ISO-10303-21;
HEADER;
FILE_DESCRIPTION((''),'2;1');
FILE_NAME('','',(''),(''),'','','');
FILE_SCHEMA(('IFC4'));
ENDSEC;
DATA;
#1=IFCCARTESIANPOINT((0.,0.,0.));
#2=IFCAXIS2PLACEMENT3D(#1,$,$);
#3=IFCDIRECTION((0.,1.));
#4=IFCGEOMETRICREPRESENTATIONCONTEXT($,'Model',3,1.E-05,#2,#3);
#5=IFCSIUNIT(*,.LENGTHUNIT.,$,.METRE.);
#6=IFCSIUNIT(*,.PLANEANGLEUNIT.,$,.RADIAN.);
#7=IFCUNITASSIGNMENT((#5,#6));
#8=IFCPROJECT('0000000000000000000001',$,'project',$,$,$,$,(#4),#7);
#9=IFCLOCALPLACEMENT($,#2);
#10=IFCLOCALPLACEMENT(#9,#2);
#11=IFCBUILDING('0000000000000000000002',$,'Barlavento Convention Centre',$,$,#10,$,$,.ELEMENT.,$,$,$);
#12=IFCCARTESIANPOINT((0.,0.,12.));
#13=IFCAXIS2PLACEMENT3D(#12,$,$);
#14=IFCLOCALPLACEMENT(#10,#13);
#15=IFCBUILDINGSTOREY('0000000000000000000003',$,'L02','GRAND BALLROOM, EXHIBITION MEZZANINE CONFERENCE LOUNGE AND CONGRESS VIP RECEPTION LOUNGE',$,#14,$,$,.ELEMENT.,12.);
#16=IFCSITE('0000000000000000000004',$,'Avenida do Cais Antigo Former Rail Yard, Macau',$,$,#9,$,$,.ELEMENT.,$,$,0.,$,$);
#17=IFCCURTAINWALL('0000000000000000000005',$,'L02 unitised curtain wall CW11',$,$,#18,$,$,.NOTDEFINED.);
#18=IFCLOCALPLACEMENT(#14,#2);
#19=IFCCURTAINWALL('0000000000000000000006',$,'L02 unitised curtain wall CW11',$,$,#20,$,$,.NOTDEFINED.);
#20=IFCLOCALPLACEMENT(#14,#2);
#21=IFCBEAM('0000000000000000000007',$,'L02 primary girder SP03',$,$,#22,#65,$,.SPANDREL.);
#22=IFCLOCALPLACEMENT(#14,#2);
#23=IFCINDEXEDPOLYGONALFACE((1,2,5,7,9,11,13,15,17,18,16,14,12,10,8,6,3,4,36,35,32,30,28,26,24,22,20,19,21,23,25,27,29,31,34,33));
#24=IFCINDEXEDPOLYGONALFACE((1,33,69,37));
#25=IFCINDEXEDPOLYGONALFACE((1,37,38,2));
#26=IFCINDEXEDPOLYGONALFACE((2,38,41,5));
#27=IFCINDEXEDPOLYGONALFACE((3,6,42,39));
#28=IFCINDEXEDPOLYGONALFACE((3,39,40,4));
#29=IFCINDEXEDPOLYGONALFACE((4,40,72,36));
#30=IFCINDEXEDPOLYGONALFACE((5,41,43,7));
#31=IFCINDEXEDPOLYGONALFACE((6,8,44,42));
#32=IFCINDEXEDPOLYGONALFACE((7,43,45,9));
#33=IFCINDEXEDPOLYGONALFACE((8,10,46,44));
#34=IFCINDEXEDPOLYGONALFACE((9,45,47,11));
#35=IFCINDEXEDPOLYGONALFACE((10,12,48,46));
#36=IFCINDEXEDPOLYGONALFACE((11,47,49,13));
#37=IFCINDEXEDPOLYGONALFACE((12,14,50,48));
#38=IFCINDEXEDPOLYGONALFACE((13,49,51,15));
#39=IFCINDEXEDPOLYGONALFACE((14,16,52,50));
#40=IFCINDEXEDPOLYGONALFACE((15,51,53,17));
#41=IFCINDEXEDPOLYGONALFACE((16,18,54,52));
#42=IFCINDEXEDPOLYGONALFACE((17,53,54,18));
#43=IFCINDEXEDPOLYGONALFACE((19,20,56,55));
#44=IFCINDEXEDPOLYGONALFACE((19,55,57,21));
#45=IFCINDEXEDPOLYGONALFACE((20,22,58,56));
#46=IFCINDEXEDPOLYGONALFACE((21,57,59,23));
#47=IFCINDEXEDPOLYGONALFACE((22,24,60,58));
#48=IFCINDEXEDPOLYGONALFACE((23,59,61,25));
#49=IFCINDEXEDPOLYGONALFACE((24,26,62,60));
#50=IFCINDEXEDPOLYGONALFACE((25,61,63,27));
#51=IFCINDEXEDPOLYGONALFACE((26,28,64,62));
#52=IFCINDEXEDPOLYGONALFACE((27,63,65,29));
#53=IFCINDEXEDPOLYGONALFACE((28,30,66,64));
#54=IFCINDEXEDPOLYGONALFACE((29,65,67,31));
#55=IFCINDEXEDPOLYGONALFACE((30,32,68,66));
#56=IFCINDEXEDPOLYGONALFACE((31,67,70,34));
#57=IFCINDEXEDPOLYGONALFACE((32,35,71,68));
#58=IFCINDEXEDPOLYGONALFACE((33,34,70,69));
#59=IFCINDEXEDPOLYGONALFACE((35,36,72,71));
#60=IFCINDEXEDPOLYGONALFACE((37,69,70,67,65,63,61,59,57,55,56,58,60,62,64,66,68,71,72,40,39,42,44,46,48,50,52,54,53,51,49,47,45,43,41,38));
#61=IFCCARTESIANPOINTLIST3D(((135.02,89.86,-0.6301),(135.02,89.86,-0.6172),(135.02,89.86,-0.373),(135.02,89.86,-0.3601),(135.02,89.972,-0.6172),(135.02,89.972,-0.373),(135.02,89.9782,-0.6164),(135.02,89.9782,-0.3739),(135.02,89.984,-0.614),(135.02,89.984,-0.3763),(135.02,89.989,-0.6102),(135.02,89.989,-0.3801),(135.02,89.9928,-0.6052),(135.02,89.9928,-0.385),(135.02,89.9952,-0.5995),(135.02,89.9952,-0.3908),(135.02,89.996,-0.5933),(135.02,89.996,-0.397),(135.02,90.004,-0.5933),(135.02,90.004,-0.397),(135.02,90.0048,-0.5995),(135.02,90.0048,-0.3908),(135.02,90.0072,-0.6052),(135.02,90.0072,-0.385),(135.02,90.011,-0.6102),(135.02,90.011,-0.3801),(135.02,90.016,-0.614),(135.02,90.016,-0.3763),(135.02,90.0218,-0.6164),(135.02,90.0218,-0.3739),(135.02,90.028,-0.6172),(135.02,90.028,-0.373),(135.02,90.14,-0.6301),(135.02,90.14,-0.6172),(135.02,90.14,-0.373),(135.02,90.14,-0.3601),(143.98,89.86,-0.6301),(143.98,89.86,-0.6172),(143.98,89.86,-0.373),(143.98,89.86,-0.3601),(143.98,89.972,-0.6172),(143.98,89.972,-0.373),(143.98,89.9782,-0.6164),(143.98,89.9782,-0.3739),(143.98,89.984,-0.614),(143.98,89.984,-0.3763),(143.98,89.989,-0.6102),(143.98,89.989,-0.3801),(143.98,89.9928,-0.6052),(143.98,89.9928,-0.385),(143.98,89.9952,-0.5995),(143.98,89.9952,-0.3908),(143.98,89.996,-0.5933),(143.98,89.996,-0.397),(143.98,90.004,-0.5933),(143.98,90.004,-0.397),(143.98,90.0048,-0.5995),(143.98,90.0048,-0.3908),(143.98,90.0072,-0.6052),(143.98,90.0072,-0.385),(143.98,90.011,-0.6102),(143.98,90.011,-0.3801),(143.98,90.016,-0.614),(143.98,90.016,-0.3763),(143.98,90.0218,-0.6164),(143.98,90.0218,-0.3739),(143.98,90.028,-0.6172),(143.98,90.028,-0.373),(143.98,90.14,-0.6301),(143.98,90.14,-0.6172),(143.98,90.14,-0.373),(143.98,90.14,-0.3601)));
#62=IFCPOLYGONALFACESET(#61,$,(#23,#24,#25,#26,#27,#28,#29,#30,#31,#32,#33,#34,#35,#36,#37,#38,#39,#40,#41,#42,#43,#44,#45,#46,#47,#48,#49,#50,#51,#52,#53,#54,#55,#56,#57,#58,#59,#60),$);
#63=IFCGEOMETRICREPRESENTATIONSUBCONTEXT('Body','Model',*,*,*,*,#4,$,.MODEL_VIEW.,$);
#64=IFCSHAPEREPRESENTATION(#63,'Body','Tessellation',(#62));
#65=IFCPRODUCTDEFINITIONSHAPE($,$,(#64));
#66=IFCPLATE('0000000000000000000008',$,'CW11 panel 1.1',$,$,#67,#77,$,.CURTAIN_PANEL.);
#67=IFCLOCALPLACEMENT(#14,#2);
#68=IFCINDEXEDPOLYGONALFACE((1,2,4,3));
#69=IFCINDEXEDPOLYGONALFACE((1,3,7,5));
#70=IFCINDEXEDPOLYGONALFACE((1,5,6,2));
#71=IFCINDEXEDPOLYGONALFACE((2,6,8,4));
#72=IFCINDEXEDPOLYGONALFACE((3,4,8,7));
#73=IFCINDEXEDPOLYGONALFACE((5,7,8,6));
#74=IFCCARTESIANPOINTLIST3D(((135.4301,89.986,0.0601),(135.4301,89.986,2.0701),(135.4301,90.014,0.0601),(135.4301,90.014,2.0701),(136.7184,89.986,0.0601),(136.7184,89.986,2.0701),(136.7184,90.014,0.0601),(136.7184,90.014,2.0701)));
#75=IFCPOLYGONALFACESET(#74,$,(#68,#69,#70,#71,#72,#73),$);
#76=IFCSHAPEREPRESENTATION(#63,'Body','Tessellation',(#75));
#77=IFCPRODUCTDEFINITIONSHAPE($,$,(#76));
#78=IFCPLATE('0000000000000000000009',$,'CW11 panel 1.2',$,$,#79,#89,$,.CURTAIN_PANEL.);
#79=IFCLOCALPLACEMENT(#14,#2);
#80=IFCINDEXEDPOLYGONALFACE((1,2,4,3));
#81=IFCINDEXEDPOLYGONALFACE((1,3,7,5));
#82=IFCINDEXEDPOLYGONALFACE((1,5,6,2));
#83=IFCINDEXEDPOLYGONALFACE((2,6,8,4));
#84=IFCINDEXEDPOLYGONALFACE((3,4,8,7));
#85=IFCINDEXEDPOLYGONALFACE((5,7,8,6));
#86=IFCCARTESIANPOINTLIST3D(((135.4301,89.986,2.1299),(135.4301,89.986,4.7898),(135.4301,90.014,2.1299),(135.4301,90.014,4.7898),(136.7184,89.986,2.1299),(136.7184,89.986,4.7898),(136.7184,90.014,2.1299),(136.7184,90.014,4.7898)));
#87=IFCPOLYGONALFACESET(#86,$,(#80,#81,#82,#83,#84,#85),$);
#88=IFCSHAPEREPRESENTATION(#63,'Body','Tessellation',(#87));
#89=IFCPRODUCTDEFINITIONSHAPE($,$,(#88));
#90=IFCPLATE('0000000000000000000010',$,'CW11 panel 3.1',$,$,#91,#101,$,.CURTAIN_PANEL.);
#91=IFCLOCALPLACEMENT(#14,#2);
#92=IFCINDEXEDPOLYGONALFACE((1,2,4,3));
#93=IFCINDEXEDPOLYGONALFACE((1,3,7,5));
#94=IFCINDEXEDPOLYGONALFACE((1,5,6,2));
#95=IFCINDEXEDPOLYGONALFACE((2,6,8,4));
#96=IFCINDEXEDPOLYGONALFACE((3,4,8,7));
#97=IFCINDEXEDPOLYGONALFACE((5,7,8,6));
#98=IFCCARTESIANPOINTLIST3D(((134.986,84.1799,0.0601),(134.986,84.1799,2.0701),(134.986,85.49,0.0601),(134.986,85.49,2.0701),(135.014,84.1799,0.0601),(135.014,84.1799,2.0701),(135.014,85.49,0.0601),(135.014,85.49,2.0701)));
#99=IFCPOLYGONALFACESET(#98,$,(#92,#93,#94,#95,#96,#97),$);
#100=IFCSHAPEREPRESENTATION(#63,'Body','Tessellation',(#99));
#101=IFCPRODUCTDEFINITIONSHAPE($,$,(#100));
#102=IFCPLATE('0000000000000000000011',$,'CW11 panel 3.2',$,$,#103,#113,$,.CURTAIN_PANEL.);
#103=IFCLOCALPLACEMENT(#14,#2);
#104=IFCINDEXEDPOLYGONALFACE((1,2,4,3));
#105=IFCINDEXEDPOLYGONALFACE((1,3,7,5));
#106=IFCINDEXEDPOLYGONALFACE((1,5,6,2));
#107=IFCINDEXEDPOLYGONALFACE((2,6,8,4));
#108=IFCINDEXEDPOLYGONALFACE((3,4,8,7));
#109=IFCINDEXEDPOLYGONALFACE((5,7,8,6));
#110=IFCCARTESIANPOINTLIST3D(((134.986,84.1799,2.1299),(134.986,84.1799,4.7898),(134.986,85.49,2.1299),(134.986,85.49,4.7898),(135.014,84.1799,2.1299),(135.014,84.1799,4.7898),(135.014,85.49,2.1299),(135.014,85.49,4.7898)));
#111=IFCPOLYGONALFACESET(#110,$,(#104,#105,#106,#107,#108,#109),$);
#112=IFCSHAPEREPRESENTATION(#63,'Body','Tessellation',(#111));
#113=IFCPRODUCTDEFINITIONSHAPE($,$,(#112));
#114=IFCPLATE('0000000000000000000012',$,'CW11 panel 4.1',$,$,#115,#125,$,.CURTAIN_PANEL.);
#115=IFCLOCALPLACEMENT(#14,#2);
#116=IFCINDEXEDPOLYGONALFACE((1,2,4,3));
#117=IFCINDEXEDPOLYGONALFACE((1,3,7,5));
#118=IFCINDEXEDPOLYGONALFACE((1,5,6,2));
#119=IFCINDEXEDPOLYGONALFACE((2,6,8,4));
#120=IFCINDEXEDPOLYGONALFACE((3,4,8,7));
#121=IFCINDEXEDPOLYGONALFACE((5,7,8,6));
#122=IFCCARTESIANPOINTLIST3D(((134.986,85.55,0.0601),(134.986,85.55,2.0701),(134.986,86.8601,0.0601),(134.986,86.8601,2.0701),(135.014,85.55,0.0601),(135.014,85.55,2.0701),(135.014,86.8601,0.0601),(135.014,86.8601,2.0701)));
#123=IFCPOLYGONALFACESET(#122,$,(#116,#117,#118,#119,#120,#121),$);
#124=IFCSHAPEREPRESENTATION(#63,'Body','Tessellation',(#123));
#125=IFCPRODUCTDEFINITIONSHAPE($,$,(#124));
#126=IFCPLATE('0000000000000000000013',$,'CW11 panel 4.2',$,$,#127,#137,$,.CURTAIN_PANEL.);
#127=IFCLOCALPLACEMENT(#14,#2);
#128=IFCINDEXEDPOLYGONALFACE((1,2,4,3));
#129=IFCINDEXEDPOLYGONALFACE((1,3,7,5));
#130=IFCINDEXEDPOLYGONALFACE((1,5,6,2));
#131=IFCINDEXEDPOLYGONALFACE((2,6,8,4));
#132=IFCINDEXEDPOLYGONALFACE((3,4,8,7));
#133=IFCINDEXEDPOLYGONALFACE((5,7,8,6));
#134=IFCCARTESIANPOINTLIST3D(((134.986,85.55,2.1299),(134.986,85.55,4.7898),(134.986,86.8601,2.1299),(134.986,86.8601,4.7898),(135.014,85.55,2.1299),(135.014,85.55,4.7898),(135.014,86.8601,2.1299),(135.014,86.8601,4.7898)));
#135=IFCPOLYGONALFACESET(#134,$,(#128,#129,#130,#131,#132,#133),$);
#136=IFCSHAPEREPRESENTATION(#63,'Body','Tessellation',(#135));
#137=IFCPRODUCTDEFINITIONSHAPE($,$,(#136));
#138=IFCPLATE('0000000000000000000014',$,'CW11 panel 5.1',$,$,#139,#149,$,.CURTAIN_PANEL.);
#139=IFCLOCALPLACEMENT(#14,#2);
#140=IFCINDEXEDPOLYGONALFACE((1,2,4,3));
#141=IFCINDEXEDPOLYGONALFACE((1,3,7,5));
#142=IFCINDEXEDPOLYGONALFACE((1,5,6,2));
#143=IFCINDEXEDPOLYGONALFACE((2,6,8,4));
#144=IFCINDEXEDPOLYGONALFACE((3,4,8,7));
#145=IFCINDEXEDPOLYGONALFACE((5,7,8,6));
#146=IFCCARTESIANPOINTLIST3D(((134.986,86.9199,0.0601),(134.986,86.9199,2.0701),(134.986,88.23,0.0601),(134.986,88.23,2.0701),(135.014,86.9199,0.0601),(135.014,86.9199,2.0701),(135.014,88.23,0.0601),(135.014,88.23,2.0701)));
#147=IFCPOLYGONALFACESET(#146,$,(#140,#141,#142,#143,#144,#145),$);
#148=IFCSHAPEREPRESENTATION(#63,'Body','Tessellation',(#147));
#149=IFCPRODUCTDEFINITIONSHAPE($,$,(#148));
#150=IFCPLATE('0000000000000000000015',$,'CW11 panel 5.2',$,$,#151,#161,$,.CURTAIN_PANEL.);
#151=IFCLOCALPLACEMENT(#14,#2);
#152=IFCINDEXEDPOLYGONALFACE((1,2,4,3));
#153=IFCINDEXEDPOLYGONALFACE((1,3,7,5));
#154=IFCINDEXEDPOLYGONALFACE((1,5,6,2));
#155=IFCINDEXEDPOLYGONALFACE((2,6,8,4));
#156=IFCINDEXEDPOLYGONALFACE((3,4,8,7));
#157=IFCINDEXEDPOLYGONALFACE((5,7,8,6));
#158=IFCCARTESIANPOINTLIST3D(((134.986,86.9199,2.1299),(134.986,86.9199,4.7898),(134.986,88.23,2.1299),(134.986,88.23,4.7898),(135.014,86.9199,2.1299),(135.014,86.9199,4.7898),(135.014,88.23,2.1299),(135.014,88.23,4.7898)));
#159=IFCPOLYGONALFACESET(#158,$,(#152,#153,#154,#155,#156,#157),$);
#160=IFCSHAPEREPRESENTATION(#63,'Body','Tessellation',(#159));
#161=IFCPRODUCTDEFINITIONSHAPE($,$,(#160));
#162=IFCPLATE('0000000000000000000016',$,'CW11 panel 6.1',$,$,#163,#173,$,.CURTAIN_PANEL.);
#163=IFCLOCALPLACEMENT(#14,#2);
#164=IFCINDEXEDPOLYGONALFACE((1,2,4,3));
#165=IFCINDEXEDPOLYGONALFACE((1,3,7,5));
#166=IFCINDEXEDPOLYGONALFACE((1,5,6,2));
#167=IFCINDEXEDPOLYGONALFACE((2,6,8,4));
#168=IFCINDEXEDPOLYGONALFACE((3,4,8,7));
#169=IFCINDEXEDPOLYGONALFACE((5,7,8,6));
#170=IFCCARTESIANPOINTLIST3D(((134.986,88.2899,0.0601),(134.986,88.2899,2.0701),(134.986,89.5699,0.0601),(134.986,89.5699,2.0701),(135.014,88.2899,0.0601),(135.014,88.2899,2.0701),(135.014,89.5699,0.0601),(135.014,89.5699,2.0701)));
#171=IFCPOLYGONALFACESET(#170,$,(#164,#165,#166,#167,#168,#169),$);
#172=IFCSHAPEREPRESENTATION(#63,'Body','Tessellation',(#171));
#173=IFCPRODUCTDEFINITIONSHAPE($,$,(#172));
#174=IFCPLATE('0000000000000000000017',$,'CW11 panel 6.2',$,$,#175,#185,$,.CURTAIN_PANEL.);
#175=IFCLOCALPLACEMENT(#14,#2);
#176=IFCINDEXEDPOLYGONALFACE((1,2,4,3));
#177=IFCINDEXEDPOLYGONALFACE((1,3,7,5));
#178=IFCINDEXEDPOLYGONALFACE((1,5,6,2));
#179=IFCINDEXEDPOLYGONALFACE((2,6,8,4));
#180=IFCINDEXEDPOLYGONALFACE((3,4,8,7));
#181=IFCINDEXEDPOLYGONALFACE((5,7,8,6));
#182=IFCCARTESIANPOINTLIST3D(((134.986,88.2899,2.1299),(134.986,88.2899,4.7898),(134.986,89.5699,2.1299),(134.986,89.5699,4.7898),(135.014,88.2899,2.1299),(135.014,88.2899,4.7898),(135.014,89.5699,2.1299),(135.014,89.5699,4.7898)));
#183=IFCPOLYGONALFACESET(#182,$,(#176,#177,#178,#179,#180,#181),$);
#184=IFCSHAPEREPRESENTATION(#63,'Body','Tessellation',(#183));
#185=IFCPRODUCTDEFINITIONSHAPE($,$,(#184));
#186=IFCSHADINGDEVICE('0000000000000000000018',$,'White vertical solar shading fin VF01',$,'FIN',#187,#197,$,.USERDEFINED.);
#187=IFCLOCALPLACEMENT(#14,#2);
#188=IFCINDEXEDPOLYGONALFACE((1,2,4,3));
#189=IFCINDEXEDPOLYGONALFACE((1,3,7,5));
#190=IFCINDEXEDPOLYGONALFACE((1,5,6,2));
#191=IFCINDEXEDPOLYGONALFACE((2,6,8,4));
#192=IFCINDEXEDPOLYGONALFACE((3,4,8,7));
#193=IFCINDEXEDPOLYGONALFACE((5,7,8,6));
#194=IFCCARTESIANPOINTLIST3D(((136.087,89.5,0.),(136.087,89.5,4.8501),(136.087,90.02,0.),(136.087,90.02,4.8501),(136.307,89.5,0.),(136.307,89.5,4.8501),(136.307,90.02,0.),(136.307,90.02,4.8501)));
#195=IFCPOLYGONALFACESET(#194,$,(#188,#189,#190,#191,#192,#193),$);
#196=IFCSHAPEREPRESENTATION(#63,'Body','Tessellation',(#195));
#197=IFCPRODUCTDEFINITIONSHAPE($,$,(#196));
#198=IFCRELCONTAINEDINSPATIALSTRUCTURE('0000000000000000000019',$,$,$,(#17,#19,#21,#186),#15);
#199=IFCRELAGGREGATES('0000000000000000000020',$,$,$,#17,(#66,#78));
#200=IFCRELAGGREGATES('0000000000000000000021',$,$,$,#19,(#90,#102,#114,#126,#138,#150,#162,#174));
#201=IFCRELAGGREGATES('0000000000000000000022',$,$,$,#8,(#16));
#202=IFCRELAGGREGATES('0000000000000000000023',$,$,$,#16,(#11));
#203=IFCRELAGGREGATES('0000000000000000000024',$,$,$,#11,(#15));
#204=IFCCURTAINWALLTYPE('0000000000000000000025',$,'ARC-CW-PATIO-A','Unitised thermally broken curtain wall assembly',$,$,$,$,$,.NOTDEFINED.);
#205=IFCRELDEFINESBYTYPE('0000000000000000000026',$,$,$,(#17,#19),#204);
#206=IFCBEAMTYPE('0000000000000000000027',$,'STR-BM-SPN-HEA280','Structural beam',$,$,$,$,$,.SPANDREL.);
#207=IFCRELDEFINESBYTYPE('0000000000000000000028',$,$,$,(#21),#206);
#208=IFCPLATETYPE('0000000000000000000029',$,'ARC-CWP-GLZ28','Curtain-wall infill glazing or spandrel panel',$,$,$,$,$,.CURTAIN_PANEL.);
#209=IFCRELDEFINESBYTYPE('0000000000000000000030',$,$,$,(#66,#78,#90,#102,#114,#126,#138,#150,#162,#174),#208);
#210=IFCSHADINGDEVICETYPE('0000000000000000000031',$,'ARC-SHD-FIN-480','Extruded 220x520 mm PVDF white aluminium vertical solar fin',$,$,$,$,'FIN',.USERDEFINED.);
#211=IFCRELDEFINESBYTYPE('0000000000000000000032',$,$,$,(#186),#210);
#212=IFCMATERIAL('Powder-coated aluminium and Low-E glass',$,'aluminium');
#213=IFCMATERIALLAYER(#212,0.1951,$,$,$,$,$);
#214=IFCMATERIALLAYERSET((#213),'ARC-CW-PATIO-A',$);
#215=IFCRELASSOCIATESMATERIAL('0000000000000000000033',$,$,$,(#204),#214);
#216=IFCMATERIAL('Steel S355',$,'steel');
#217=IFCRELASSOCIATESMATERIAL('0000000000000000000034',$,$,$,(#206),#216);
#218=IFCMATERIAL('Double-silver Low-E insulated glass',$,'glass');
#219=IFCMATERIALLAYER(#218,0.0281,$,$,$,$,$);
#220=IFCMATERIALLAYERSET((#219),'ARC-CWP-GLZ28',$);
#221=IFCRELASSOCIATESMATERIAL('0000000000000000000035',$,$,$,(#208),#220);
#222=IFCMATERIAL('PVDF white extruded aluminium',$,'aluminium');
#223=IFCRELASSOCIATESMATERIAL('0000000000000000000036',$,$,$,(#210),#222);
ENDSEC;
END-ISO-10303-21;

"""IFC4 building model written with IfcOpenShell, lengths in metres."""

from ifc_helpers import new_model, si_unit, direction, frame, origin, origin_2d, place, context, subcontext, project, spatial, rectangle, i_section, extrude, material, layer, layer_set, material_profile, profile_set, type_object, element, aggregate, save


model = new_model("IFC4")

# Units and contexts
model_context = context("Model", 3, precision=1e-05, world=origin(), true_north=direction((0.0, 1.0)))
body_context = subcontext(model_context, "Body", "Model", "MODEL_VIEW")
ifc_project = project(units=[si_unit("LENGTHUNIT", "METRE"), si_unit("PLANEANGLEUNIT", "RADIAN")], contexts=[model_context])

# Site, building, storey
site_placement = place(None, origin())
site = spatial("IfcSite", under=ifc_project, at=site_placement, Name="Avenida do Cais Antigo Former Rail Yard, Macau", CompositionType="ELEMENT", RefElevation=0.0)
building_placement = place(site_placement, origin())
building = spatial("IfcBuilding", under=site, at=building_placement, Name="Barlavento Convention Centre", CompositionType="ELEMENT")
storey_placement = place(building_placement, frame((0.0, 0.0, 12.0)))
storey = spatial("IfcBuildingStorey", under=building, at=storey_placement, Name="L02", Description="GRAND BALLROOM, EXHIBITION MEZZANINE CONFERENCE LOUNGE AND CONGRESS VIP RECEPTION LOUNGE", CompositionType="ELEMENT", Elevation=12.0)

# Shared definitions
ifc_material_1 = material(Name="Steel S355", Category="steel")

# Curtain walls
ifc_material_2 = material(Name="Powder-coated aluminium and Low-E glass", Category="aluminium")
ifc_layer_1 = layer(ifc_material_2, 0.1951)
ifc_layer_set_1 = layer_set([ifc_layer_1], Name="ARC-CW-PATIO-A")
curtain_wall_type = type_object("IfcCurtainWallType", Name="ARC-CW-PATIO-A", Description="Unitised thermally broken curtain wall assembly", PredefinedType="NOTDEFINED", material=ifc_layer_set_1)
curtain_wall_1_placement = place(storey_placement, origin())
curtain_wall_1 = element("IfcCurtainWall", 1, at=curtain_wall_1_placement, inside=storey, type_object=curtain_wall_type, Name="L02 unitised curtain wall CW11", PredefinedType="NOTDEFINED")
curtain_wall_2_placement = place(storey_placement, origin())
curtain_wall_2 = element("IfcCurtainWall", 2, at=curtain_wall_2_placement, inside=storey, type_object=curtain_wall_type, Name="L02 unitised curtain wall CW11", PredefinedType="NOTDEFINED")

# Beam
ifc_material_profile_1 = material_profile(ifc_material_1, i_section(OverallWidth=0.28, OverallDepth=0.27, WebThickness=0.0081, FlangeThickness=0.0129, FilletRadius=0.0239, at=origin_2d()), Name="HEA 280")
ifc_profile_set_1 = profile_set([ifc_material_profile_1], Name="Steel S355")
beam_type = type_object("IfcBeamType", Name="STR-BM-SPN-HEA280", Description="Structural beam", PredefinedType="SPANDREL", material=ifc_profile_set_1)
beam_placement = place(storey_placement, frame((135.02, 90.0, -0.4951), z_axis=(1.0, 0.0, 0.0), x_axis=(0.0, 1.0, 0.0)))
element("IfcBeam", 3, at=beam_placement, inside=storey, type_object=beam_type, Name="L02 primary girder SP03", PredefinedType="SPANDREL", context=body_context, shape_type="SweptSolid", body=[
    extrude(i_section(OverallWidth=0.28, OverallDepth=0.27, WebThickness=0.0081, FlangeThickness=0.0129, FilletRadius=0.0239, at=origin_2d()), origin(), (0.0, 0.0, 1.0), 8.96),
])

# Plates
ifc_material_3 = material(Name="Double-silver Low-E insulated glass", Category="glass")
ifc_layer_2 = layer(ifc_material_3, 0.0281)
ifc_layer_set_2 = layer_set([ifc_layer_2], Name="ARC-CWP-GLZ28")
plate_type = type_object("IfcPlateType", Name="ARC-CWP-GLZ28", Description="Curtain-wall infill glazing or spandrel panel", PredefinedType="CURTAIN_PANEL", material=ifc_layer_set_2)
plate_1_placement = place(storey_placement, frame((136.0742, 90.0, 0.0601), z_axis=(0.0, 0.0, 1.0), x_axis=(1.0, 0.0, 0.0)))
plate_1 = element("IfcPlate", 4, at=plate_1_placement, type_object=plate_type, Name="CW11 panel 1.1", PredefinedType="CURTAIN_PANEL", context=body_context, shape_type="SweptSolid", body=[
    extrude(rectangle(XDim=1.2883, YDim=0.0281, at=origin_2d()), origin(), (0.0, 0.0, 1.0), 2.01),
])
plate_2_placement = place(storey_placement, frame((136.0742, 90.0, 2.1299), z_axis=(0.0, 0.0, 1.0), x_axis=(1.0, 0.0, 0.0)))
plate_2 = element("IfcPlate", 5, at=plate_2_placement, type_object=plate_type, Name="CW11 panel 1.2", PredefinedType="CURTAIN_PANEL", context=body_context, shape_type="SweptSolid", body=[
    extrude(rectangle(XDim=1.2883, YDim=0.0281, at=origin_2d()), origin(), (0.0, 0.0, 1.0), 2.6599),
])
aggregate(curtain_wall_1, [plate_1, plate_2])
plate_3_placement = place(storey_placement, frame((135.0, 84.835, 0.0601), z_axis=(0.0, 0.0, 1.0), x_axis=(0.0, 1.0, 0.0)))
plate_3 = element("IfcPlate", 6, at=plate_3_placement, type_object=plate_type, Name="CW11 panel 3.1", PredefinedType="CURTAIN_PANEL", context=body_context, shape_type="SweptSolid", body=[
    extrude(rectangle(XDim=1.3101, YDim=0.0281, at=origin_2d()), origin(), (0.0, 0.0, 1.0), 2.01),
])
plate_4_placement = place(storey_placement, frame((135.0, 84.835, 2.1299), z_axis=(0.0, 0.0, 1.0), x_axis=(0.0, 1.0, 0.0)))
plate_4 = element("IfcPlate", 7, at=plate_4_placement, type_object=plate_type, Name="CW11 panel 3.2", PredefinedType="CURTAIN_PANEL", context=body_context, shape_type="SweptSolid", body=[
    extrude(rectangle(XDim=1.3101, YDim=0.0281, at=origin_2d()), origin(), (0.0, 0.0, 1.0), 2.6599),
])
plate_5_placement = place(storey_placement, frame((135.0, 86.2051, 0.0601), z_axis=(0.0, 0.0, 1.0), x_axis=(0.0, 1.0, 0.0)))
plate_5 = element("IfcPlate", 8, at=plate_5_placement, type_object=plate_type, Name="CW11 panel 4.1", PredefinedType="CURTAIN_PANEL", context=body_context, shape_type="SweptSolid", body=[
    extrude(rectangle(XDim=1.3101, YDim=0.0281, at=origin_2d()), origin(), (0.0, 0.0, 1.0), 2.01),
])
plate_6_placement = place(storey_placement, frame((135.0, 86.2051, 2.1299), z_axis=(0.0, 0.0, 1.0), x_axis=(0.0, 1.0, 0.0)))
plate_6 = element("IfcPlate", 9, at=plate_6_placement, type_object=plate_type, Name="CW11 panel 4.2", PredefinedType="CURTAIN_PANEL", context=body_context, shape_type="SweptSolid", body=[
    extrude(rectangle(XDim=1.3101, YDim=0.0281, at=origin_2d()), origin(), (0.0, 0.0, 1.0), 2.6599),
])
plate_7_placement = place(storey_placement, frame((135.0, 87.575, 0.0601), z_axis=(0.0, 0.0, 1.0), x_axis=(0.0, 1.0, 0.0)))
plate_7 = element("IfcPlate", 10, at=plate_7_placement, type_object=plate_type, Name="CW11 panel 5.1", PredefinedType="CURTAIN_PANEL", context=body_context, shape_type="SweptSolid", body=[
    extrude(rectangle(XDim=1.3101, YDim=0.0281, at=origin_2d()), origin(), (0.0, 0.0, 1.0), 2.01),
])
plate_8_placement = place(storey_placement, frame((135.0, 87.575, 2.1299), z_axis=(0.0, 0.0, 1.0), x_axis=(0.0, 1.0, 0.0)))
plate_8 = element("IfcPlate", 11, at=plate_8_placement, type_object=plate_type, Name="CW11 panel 5.2", PredefinedType="CURTAIN_PANEL", context=body_context, shape_type="SweptSolid", body=[
    extrude(rectangle(XDim=1.3101, YDim=0.0281, at=origin_2d()), origin(), (0.0, 0.0, 1.0), 2.6599),
])
plate_9_placement = place(storey_placement, frame((135.0, 88.9299, 0.0601), z_axis=(0.0, 0.0, 1.0), x_axis=(0.0, 1.0, 0.0)))
plate_9 = element("IfcPlate", 12, at=plate_9_placement, type_object=plate_type, Name="CW11 panel 6.1", PredefinedType="CURTAIN_PANEL", context=body_context, shape_type="SweptSolid", body=[
    extrude(rectangle(XDim=1.28, YDim=0.0281, at=origin_2d()), origin(), (0.0, 0.0, 1.0), 2.01),
])
plate_10_placement = place(storey_placement, frame((135.0, 88.9299, 2.1299), z_axis=(0.0, 0.0, 1.0), x_axis=(0.0, 1.0, 0.0)))
plate_10 = element("IfcPlate", 13, at=plate_10_placement, type_object=plate_type, Name="CW11 panel 6.2", PredefinedType="CURTAIN_PANEL", context=body_context, shape_type="SweptSolid", body=[
    extrude(rectangle(XDim=1.28, YDim=0.0281, at=origin_2d()), origin(), (0.0, 0.0, 1.0), 2.6599),
])
aggregate(curtain_wall_2, [plate_3, plate_4, plate_5, plate_6, plate_7, plate_8, plate_9, plate_10])

# Shading device
ifc_material_4 = material(Name="PVDF white extruded aluminium", Category="aluminium")
shading_device_type = type_object("IfcShadingDeviceType", Name="ARC-SHD-FIN-480", Description="Extruded 220x520 mm PVDF white aluminium vertical solar fin", ElementType="FIN", PredefinedType="USERDEFINED", material=ifc_material_4)
for number, where, z_axis, x_axis, name in (
    (14, (136.197, 89.76, 0.0), (0.0, 0.0, 1.0), (1.0, 0.0, 0.0), "White vertical solar shading fin VF01"),
):
    element("IfcShadingDevice", number, at=place(storey_placement, frame(where, z_axis=z_axis, x_axis=x_axis)), inside=storey, type_object=shading_device_type, Name=name, ObjectType="FIN", PredefinedType="USERDEFINED", context=body_context, shape_type="SweptSolid", body=[
        extrude(rectangle(XDim=0.22, YDim=0.52, at=origin_2d()), origin(), (0.0, 0.0, 1.0), 4.8501),
    ])

save(model, "model.ifc")
